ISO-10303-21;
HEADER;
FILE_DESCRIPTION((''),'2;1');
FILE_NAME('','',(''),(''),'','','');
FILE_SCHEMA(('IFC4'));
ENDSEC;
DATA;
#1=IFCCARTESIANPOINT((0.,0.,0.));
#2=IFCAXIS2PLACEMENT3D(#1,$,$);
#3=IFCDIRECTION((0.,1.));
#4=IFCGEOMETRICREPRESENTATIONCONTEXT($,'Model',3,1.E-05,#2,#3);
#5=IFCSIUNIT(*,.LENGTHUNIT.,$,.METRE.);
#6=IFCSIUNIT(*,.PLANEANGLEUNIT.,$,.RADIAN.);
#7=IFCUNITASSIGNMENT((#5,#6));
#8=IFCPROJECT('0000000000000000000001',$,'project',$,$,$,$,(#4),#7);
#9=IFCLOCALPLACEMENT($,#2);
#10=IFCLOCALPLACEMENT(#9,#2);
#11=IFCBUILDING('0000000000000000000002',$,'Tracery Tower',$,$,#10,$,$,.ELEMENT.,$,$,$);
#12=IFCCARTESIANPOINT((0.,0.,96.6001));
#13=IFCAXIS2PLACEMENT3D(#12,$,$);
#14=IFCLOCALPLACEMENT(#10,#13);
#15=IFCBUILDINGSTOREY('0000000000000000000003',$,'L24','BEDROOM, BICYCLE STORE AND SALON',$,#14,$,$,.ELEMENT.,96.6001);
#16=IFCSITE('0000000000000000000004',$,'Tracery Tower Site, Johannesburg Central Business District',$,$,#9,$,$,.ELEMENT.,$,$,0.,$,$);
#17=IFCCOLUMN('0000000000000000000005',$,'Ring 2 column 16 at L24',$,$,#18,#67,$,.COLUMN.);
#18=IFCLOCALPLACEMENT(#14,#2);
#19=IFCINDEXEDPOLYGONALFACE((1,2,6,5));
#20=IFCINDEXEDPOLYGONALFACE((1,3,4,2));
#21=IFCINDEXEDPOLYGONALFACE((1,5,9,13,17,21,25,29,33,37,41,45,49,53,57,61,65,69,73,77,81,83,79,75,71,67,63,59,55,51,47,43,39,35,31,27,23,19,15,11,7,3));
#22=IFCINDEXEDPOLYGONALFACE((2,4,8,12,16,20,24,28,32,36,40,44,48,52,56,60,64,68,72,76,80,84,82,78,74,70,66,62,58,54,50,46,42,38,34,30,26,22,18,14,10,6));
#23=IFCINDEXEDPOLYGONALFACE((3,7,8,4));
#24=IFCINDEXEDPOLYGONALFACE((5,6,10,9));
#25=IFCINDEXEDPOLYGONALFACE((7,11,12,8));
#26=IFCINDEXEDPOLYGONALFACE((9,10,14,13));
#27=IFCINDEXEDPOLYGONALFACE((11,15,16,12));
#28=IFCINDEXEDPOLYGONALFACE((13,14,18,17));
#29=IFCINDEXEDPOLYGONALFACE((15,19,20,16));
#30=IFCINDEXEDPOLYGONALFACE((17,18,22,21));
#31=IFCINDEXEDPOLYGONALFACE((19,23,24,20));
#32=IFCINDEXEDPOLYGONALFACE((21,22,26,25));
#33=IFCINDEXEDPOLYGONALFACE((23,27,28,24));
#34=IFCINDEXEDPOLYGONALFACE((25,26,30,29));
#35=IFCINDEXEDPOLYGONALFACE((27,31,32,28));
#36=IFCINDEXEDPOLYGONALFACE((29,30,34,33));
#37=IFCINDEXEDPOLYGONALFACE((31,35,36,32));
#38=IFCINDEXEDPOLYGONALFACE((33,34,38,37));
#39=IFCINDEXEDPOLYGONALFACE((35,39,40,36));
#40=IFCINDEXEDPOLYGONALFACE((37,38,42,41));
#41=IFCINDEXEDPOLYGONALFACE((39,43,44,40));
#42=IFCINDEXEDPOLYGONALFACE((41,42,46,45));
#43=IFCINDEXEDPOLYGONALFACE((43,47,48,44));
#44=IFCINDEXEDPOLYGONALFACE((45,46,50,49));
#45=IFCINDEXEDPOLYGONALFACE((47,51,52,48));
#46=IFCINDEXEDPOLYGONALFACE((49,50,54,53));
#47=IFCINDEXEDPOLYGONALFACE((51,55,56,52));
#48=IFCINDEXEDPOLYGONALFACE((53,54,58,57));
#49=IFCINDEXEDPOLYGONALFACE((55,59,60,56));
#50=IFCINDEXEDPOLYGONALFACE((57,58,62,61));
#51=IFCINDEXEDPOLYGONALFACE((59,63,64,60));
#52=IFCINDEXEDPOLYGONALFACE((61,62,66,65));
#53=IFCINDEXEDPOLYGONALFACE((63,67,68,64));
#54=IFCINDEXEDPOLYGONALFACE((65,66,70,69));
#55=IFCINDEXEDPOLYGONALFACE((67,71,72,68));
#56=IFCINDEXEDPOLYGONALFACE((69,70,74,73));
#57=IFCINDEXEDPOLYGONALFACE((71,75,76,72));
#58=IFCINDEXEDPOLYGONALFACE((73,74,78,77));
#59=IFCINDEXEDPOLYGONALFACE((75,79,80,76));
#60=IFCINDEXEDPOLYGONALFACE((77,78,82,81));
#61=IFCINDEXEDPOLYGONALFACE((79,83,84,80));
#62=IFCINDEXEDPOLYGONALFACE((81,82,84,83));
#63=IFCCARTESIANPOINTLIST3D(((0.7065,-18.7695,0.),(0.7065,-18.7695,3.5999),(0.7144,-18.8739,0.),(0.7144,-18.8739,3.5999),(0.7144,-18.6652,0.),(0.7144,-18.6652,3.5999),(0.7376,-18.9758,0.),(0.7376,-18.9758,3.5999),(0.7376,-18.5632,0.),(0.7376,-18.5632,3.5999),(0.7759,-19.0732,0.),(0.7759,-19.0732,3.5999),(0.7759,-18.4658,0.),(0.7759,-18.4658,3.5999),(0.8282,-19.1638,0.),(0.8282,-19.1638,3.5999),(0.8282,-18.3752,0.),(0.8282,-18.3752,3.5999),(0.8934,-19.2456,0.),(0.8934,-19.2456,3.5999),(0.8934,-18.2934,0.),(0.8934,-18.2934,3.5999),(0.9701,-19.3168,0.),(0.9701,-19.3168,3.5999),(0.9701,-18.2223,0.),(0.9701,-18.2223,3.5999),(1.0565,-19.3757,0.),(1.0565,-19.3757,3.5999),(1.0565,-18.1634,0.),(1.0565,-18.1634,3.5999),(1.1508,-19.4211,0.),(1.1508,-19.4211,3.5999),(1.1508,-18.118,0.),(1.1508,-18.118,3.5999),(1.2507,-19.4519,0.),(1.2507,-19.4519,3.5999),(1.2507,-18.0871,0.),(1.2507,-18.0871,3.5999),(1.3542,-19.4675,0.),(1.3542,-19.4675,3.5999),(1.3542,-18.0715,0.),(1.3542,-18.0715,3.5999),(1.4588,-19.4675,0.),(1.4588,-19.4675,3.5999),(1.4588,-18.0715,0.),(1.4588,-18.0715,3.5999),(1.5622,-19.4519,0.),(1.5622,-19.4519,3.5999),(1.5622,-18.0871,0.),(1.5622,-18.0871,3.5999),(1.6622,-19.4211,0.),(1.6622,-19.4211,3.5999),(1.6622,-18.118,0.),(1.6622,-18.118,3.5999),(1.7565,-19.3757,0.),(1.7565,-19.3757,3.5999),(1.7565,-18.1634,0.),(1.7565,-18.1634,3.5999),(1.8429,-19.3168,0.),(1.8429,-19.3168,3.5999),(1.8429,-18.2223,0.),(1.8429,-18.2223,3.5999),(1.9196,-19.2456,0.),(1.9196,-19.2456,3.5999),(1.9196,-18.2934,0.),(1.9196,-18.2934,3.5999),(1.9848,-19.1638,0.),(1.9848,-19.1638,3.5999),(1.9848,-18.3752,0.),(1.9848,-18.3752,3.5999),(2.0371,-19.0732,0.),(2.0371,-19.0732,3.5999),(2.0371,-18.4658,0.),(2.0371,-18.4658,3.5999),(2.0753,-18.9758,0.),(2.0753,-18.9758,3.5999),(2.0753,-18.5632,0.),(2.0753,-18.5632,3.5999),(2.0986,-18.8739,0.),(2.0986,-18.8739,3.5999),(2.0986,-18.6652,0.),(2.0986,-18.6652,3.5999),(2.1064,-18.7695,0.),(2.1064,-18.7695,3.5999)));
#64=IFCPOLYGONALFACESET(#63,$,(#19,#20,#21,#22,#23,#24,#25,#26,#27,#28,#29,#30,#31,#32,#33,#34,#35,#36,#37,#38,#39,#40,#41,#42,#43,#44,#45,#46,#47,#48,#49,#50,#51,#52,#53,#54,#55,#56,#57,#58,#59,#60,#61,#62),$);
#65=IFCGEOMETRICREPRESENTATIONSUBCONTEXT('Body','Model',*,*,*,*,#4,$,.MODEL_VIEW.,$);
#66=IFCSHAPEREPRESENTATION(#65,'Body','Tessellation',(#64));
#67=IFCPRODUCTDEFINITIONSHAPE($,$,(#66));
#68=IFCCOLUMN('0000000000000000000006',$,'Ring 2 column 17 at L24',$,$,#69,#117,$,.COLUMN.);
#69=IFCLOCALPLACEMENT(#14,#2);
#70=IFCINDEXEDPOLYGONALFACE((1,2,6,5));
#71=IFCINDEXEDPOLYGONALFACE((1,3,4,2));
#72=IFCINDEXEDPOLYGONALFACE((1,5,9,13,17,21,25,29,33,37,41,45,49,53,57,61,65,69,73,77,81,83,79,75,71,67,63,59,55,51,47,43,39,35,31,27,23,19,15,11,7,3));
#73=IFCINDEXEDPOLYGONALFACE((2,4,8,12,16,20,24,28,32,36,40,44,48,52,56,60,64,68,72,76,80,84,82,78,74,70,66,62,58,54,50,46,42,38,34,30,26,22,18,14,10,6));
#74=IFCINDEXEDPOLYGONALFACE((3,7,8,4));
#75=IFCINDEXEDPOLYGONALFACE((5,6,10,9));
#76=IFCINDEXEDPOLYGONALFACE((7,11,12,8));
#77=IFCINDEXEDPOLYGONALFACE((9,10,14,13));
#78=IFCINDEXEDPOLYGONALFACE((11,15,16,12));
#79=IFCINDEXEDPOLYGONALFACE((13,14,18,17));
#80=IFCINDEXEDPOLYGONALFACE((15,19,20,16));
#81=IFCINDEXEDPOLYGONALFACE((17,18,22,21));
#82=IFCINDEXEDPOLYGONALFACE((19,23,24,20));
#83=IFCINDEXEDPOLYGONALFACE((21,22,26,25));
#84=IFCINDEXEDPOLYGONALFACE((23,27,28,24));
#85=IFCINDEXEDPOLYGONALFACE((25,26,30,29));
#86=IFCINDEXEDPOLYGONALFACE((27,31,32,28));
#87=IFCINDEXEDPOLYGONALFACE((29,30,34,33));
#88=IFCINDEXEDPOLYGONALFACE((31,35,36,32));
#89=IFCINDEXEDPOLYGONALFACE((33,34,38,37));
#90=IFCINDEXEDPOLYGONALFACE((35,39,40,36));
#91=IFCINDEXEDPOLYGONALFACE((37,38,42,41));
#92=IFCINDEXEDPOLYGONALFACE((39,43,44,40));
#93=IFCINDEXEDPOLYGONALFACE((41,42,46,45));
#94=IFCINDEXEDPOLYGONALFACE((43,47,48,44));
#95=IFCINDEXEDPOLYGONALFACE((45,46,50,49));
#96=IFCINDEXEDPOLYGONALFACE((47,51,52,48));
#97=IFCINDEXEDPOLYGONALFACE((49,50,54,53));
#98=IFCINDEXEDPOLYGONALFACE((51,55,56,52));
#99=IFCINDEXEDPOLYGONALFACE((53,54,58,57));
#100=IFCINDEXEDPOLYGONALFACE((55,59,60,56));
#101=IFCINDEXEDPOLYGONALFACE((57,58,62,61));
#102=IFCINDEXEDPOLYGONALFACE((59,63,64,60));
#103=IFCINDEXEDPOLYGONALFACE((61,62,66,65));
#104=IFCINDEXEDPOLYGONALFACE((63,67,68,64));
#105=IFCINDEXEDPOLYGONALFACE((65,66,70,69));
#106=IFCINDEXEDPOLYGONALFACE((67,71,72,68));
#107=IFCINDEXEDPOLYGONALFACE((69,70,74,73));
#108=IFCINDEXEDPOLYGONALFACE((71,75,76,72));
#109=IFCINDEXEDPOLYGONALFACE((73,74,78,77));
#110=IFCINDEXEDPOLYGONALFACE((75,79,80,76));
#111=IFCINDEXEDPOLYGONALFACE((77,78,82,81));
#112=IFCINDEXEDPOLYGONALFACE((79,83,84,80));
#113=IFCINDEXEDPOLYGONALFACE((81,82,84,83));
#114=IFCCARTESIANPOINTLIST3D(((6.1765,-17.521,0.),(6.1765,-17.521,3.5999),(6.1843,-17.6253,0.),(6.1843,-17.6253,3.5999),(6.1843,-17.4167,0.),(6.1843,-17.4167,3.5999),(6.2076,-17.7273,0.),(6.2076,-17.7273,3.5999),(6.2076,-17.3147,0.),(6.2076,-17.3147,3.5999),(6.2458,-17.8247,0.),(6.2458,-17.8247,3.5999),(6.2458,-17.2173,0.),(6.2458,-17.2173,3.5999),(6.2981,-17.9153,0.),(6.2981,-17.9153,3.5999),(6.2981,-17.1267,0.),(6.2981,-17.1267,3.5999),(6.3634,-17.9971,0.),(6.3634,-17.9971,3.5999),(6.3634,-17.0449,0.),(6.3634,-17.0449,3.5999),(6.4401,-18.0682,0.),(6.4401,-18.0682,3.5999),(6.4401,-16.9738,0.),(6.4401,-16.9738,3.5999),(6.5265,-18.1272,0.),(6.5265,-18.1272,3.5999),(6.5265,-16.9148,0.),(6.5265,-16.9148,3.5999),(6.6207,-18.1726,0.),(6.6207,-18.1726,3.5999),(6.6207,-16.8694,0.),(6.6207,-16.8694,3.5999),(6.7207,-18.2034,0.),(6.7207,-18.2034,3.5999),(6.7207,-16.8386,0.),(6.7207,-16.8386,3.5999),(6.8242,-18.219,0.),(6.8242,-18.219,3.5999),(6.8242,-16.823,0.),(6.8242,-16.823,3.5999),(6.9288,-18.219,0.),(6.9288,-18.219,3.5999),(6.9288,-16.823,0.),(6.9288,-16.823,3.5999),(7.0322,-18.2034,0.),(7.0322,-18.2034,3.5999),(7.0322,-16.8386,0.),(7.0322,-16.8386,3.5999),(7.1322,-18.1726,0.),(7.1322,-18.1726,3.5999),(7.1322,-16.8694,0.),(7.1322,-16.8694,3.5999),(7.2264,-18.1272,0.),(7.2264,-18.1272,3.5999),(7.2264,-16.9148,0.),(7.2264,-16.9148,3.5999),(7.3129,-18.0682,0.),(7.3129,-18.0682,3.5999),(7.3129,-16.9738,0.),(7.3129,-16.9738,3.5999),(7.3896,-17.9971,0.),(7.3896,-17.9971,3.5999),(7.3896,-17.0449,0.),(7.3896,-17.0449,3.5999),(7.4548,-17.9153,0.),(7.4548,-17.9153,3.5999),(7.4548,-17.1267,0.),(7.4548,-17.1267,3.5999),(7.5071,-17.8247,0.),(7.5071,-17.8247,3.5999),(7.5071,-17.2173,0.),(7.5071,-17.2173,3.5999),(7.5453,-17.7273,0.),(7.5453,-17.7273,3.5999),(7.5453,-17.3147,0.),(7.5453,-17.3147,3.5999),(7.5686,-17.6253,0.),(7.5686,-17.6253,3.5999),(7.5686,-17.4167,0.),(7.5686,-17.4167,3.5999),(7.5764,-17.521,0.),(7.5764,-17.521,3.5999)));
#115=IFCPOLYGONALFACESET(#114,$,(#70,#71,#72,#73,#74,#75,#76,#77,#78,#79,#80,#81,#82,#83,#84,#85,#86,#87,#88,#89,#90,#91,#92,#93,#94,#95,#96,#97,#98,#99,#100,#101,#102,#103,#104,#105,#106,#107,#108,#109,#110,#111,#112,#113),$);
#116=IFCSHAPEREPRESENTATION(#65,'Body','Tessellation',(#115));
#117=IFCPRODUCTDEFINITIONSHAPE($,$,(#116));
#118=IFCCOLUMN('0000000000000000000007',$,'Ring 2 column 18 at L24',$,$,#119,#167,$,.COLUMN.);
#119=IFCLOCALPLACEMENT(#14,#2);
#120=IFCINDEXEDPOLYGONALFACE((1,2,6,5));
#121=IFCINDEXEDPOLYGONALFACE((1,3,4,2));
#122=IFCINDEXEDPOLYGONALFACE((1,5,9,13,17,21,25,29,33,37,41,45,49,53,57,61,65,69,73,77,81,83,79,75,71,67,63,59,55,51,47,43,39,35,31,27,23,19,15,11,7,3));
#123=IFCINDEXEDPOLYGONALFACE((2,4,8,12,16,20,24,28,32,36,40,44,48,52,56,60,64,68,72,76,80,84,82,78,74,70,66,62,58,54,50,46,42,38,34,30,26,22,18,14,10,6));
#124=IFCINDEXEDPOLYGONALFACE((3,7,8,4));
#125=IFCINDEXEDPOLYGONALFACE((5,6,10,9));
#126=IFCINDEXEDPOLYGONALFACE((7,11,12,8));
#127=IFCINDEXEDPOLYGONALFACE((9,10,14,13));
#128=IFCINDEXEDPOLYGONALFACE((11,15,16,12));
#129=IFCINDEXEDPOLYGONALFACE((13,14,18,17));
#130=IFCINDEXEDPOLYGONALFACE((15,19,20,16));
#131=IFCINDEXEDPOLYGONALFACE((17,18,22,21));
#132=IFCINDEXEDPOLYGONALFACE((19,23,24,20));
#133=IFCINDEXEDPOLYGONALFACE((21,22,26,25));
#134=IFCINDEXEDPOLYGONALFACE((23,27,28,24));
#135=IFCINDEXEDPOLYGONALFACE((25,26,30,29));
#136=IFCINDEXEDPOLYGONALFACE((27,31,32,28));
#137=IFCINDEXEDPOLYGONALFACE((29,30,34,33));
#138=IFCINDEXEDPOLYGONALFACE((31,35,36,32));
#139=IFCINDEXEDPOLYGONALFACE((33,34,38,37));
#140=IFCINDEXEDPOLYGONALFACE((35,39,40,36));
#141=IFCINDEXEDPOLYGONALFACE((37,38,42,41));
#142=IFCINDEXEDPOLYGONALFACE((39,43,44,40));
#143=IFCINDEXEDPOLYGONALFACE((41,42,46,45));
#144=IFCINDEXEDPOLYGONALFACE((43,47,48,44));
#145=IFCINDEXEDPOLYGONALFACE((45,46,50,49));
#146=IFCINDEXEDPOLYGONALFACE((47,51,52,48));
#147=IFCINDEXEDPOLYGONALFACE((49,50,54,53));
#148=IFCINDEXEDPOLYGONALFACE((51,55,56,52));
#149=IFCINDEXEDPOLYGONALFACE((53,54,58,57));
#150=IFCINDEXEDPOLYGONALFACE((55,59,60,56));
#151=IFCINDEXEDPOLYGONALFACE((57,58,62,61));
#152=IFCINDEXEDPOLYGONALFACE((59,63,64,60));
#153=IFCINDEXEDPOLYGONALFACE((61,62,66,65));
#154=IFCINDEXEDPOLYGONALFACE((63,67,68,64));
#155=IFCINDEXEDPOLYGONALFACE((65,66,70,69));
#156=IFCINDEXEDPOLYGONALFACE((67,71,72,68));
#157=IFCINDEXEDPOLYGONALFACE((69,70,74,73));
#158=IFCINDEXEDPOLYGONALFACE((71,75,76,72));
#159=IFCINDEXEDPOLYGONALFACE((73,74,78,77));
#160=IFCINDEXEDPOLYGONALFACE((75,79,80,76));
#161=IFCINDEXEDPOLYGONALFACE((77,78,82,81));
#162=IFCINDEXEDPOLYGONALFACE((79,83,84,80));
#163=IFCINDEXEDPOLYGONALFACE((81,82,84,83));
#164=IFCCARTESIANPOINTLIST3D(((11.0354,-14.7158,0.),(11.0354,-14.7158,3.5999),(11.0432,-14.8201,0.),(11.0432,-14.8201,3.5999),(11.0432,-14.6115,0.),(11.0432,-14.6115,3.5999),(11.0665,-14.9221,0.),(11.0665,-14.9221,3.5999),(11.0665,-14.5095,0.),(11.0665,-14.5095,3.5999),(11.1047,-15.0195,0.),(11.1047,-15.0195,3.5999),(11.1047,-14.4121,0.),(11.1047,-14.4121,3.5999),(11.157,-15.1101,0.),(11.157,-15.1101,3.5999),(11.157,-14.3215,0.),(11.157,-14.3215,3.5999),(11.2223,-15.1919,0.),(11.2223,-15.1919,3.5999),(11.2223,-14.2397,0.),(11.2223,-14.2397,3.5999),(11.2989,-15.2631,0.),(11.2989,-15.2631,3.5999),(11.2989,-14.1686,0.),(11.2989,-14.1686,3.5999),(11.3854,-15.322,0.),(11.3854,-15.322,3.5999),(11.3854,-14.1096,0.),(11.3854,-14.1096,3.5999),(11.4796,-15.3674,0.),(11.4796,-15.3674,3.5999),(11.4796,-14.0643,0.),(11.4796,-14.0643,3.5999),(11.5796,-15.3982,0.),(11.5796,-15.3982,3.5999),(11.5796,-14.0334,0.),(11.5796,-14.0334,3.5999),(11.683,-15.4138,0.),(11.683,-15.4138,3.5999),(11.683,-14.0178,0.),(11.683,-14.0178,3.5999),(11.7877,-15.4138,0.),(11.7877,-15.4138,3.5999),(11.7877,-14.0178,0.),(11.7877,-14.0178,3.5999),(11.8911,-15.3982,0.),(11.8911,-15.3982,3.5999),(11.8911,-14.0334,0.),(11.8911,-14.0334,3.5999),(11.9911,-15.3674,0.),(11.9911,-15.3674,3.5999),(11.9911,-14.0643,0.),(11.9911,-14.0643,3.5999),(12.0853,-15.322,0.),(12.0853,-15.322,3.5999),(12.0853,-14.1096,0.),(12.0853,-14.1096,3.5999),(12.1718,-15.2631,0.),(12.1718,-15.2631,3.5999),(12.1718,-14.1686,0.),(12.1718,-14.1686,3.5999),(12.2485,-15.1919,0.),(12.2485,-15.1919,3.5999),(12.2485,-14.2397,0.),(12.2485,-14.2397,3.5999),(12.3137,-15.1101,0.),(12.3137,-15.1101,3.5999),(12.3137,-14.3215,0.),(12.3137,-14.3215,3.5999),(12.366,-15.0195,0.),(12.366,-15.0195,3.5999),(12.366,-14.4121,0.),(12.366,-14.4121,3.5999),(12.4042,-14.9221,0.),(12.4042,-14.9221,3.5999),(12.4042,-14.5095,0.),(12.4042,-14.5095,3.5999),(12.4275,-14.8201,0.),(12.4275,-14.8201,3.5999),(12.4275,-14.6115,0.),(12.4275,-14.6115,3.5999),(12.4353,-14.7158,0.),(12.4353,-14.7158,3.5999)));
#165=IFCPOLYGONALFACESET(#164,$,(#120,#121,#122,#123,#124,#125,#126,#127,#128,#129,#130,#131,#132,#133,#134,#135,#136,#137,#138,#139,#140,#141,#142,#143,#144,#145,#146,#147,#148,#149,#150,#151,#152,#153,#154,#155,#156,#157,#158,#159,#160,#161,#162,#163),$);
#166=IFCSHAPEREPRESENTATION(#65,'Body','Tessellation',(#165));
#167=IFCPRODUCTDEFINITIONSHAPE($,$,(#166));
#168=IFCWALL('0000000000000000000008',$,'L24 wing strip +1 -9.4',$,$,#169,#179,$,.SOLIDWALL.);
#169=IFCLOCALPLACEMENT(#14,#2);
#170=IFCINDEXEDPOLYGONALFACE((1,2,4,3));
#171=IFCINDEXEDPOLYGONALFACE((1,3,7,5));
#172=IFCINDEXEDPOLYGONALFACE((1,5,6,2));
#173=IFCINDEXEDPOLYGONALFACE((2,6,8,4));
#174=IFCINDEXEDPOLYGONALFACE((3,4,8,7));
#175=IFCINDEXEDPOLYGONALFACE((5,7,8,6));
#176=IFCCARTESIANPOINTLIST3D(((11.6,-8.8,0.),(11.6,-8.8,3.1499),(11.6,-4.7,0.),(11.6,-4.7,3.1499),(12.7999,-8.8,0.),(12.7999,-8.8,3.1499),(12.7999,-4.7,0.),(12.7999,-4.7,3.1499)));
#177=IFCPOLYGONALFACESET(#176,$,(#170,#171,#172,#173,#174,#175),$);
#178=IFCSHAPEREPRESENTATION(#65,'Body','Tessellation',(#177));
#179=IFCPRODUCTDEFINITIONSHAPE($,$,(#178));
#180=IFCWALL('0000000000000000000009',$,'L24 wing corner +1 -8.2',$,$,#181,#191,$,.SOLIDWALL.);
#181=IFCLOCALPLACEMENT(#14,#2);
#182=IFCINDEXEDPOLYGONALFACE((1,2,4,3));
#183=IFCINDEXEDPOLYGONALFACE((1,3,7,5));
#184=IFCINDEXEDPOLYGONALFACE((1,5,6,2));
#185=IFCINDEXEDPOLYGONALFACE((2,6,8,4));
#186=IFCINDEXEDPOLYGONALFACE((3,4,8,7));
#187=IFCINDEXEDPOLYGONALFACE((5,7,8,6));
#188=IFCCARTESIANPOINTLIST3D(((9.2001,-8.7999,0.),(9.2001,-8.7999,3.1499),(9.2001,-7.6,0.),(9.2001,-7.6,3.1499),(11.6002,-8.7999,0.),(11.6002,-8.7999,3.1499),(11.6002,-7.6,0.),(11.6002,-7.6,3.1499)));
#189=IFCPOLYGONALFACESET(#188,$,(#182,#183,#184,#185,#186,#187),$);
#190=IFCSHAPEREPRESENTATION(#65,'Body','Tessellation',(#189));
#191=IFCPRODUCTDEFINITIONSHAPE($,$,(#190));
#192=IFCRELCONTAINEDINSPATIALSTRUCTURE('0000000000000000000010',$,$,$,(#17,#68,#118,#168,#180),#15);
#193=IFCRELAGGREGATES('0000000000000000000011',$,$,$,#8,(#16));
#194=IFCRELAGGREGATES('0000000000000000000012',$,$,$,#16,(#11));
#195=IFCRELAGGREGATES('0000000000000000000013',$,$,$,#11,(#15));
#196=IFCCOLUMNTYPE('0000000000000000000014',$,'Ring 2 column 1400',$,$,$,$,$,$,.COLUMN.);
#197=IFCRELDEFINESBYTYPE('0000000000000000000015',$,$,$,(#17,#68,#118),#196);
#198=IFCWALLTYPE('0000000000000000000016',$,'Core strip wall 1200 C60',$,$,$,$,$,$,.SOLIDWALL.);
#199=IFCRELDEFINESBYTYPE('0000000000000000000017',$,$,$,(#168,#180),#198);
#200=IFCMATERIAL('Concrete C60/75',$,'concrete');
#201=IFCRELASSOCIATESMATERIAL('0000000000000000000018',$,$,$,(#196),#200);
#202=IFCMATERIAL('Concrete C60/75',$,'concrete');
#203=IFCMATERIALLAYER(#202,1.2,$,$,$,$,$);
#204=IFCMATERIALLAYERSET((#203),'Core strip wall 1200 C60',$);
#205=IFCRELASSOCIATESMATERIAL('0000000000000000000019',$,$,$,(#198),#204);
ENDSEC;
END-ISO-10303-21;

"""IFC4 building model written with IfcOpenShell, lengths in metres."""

from ifc_helpers import new_model, si_unit, direction, frame, frame_2d, origin, origin_2d, place, context, subcontext, project, spatial, rectangle, circle, extrude, material, layer, layer_set, material_profile, profile_set, type_object, element, save


model = new_model("IFC4")

# Units and contexts
model_context = context("Model", 3, precision=1e-05, world=origin(), true_north=direction((0.0, 1.0)))
body_context = subcontext(model_context, "Body", "Model", "MODEL_VIEW")
ifc_project = project(units=[si_unit("LENGTHUNIT", "METRE"), si_unit("PLANEANGLEUNIT", "RADIAN")], contexts=[model_context])

# Site, building, storey
site_placement = place(None, origin())
site = spatial("IfcSite", under=ifc_project, at=site_placement, Name="Tracery Tower Site, Johannesburg Central Business District", CompositionType="ELEMENT", RefElevation=0.0)
building_placement = place(site_placement, origin())
building = spatial("IfcBuilding", under=site, at=building_placement, Name="Tracery Tower", CompositionType="ELEMENT")
storey_placement = place(building_placement, frame((0.0, 0.0, 96.6001)))
storey = spatial("IfcBuildingStorey", under=building, at=storey_placement, Name="L24", Description="BEDROOM, BICYCLE STORE AND SALON", CompositionType="ELEMENT", Elevation=96.6001)

# Columns
ifc_material_1 = material(Name="Concrete C60/75", Category="concrete")
ifc_material_profile = material_profile(ifc_material_1, circle(Radius=0.7, at=origin_2d()), Name="RC D1400")
ifc_profile_set = profile_set([ifc_material_profile], Name="Concrete C60/75")
column_type = type_object("IfcColumnType", Name="Ring 2 column 1400", PredefinedType="COLUMN", material=ifc_profile_set)
for number, where, z_axis, x_axis, name in (
    (1, (1.4065, -18.7695, 0.0), (0.0, 0.0, 1.0), (1.0, 0.0, 0.0), "Ring 2 column 16 at L24"),
    (2, (6.8765, -17.521, 0.0), (0.0, 0.0, 1.0), (1.0, 0.0, 0.0), "Ring 2 column 17 at L24"),
    (3, (11.7354, -14.7158, 0.0), (0.0, 0.0, 1.0), (1.0, 0.0, 0.0), "Ring 2 column 18 at L24"),
):
    element("IfcColumn", number, at=place(storey_placement, frame(where, z_axis=z_axis, x_axis=x_axis)), inside=storey, type_object=column_type, Name=name, PredefinedType="COLUMN", context=body_context, shape_type="SweptSolid", body=[
        extrude(circle(Radius=0.7, at=origin_2d()), origin(), (0.0, 0.0, 1.0), 3.5999),
    ])

# Walls
ifc_material_2 = material(Name="Concrete C60/75", Category="concrete")
ifc_layer_1 = layer(ifc_material_2, 1.2)
ifc_layer_set_1 = layer_set([ifc_layer_1], Name="Core strip wall 1200 C60")
wall_type_1 = type_object("IfcWallType", Name="Core strip wall 1200 C60", PredefinedType="SOLIDWALL", material=ifc_layer_set_1)
wall_1_placement = place(storey_placement, frame((12.2, -8.8, 0.0), z_axis=(0.0, 0.0, 1.0), x_axis=(0.0, 1.0, 0.0)))
element("IfcWall", 4, at=wall_1_placement, inside=storey, type_object=wall_type_1, Name="L24 wing strip +1 -9.4", PredefinedType="SOLIDWALL", context=body_context, shape_type="SweptSolid", body=[
    extrude(rectangle(XDim=4.1001, YDim=1.2, at=frame_2d((2.05, 0.0))), origin(), (0.0, 0.0, 1.0), 3.1499),
])
wall_2_placement = place(storey_placement, frame((9.2, -8.2, 0.0), z_axis=(0.0, 0.0, 1.0), x_axis=(1.0, 0.0, 0.0)))
element("IfcWall", 5, at=wall_2_placement, inside=storey, type_object=wall_type_1, Name="L24 wing corner +1 -8.2", PredefinedType="SOLIDWALL", context=body_context, shape_type="SweptSolid", body=[
    extrude(rectangle(XDim=2.4001, YDim=1.2, at=frame_2d((1.2002, 0.0))), origin(), (0.0, 0.0, 1.0), 3.1499),
])

save(model, "model.ifc")
